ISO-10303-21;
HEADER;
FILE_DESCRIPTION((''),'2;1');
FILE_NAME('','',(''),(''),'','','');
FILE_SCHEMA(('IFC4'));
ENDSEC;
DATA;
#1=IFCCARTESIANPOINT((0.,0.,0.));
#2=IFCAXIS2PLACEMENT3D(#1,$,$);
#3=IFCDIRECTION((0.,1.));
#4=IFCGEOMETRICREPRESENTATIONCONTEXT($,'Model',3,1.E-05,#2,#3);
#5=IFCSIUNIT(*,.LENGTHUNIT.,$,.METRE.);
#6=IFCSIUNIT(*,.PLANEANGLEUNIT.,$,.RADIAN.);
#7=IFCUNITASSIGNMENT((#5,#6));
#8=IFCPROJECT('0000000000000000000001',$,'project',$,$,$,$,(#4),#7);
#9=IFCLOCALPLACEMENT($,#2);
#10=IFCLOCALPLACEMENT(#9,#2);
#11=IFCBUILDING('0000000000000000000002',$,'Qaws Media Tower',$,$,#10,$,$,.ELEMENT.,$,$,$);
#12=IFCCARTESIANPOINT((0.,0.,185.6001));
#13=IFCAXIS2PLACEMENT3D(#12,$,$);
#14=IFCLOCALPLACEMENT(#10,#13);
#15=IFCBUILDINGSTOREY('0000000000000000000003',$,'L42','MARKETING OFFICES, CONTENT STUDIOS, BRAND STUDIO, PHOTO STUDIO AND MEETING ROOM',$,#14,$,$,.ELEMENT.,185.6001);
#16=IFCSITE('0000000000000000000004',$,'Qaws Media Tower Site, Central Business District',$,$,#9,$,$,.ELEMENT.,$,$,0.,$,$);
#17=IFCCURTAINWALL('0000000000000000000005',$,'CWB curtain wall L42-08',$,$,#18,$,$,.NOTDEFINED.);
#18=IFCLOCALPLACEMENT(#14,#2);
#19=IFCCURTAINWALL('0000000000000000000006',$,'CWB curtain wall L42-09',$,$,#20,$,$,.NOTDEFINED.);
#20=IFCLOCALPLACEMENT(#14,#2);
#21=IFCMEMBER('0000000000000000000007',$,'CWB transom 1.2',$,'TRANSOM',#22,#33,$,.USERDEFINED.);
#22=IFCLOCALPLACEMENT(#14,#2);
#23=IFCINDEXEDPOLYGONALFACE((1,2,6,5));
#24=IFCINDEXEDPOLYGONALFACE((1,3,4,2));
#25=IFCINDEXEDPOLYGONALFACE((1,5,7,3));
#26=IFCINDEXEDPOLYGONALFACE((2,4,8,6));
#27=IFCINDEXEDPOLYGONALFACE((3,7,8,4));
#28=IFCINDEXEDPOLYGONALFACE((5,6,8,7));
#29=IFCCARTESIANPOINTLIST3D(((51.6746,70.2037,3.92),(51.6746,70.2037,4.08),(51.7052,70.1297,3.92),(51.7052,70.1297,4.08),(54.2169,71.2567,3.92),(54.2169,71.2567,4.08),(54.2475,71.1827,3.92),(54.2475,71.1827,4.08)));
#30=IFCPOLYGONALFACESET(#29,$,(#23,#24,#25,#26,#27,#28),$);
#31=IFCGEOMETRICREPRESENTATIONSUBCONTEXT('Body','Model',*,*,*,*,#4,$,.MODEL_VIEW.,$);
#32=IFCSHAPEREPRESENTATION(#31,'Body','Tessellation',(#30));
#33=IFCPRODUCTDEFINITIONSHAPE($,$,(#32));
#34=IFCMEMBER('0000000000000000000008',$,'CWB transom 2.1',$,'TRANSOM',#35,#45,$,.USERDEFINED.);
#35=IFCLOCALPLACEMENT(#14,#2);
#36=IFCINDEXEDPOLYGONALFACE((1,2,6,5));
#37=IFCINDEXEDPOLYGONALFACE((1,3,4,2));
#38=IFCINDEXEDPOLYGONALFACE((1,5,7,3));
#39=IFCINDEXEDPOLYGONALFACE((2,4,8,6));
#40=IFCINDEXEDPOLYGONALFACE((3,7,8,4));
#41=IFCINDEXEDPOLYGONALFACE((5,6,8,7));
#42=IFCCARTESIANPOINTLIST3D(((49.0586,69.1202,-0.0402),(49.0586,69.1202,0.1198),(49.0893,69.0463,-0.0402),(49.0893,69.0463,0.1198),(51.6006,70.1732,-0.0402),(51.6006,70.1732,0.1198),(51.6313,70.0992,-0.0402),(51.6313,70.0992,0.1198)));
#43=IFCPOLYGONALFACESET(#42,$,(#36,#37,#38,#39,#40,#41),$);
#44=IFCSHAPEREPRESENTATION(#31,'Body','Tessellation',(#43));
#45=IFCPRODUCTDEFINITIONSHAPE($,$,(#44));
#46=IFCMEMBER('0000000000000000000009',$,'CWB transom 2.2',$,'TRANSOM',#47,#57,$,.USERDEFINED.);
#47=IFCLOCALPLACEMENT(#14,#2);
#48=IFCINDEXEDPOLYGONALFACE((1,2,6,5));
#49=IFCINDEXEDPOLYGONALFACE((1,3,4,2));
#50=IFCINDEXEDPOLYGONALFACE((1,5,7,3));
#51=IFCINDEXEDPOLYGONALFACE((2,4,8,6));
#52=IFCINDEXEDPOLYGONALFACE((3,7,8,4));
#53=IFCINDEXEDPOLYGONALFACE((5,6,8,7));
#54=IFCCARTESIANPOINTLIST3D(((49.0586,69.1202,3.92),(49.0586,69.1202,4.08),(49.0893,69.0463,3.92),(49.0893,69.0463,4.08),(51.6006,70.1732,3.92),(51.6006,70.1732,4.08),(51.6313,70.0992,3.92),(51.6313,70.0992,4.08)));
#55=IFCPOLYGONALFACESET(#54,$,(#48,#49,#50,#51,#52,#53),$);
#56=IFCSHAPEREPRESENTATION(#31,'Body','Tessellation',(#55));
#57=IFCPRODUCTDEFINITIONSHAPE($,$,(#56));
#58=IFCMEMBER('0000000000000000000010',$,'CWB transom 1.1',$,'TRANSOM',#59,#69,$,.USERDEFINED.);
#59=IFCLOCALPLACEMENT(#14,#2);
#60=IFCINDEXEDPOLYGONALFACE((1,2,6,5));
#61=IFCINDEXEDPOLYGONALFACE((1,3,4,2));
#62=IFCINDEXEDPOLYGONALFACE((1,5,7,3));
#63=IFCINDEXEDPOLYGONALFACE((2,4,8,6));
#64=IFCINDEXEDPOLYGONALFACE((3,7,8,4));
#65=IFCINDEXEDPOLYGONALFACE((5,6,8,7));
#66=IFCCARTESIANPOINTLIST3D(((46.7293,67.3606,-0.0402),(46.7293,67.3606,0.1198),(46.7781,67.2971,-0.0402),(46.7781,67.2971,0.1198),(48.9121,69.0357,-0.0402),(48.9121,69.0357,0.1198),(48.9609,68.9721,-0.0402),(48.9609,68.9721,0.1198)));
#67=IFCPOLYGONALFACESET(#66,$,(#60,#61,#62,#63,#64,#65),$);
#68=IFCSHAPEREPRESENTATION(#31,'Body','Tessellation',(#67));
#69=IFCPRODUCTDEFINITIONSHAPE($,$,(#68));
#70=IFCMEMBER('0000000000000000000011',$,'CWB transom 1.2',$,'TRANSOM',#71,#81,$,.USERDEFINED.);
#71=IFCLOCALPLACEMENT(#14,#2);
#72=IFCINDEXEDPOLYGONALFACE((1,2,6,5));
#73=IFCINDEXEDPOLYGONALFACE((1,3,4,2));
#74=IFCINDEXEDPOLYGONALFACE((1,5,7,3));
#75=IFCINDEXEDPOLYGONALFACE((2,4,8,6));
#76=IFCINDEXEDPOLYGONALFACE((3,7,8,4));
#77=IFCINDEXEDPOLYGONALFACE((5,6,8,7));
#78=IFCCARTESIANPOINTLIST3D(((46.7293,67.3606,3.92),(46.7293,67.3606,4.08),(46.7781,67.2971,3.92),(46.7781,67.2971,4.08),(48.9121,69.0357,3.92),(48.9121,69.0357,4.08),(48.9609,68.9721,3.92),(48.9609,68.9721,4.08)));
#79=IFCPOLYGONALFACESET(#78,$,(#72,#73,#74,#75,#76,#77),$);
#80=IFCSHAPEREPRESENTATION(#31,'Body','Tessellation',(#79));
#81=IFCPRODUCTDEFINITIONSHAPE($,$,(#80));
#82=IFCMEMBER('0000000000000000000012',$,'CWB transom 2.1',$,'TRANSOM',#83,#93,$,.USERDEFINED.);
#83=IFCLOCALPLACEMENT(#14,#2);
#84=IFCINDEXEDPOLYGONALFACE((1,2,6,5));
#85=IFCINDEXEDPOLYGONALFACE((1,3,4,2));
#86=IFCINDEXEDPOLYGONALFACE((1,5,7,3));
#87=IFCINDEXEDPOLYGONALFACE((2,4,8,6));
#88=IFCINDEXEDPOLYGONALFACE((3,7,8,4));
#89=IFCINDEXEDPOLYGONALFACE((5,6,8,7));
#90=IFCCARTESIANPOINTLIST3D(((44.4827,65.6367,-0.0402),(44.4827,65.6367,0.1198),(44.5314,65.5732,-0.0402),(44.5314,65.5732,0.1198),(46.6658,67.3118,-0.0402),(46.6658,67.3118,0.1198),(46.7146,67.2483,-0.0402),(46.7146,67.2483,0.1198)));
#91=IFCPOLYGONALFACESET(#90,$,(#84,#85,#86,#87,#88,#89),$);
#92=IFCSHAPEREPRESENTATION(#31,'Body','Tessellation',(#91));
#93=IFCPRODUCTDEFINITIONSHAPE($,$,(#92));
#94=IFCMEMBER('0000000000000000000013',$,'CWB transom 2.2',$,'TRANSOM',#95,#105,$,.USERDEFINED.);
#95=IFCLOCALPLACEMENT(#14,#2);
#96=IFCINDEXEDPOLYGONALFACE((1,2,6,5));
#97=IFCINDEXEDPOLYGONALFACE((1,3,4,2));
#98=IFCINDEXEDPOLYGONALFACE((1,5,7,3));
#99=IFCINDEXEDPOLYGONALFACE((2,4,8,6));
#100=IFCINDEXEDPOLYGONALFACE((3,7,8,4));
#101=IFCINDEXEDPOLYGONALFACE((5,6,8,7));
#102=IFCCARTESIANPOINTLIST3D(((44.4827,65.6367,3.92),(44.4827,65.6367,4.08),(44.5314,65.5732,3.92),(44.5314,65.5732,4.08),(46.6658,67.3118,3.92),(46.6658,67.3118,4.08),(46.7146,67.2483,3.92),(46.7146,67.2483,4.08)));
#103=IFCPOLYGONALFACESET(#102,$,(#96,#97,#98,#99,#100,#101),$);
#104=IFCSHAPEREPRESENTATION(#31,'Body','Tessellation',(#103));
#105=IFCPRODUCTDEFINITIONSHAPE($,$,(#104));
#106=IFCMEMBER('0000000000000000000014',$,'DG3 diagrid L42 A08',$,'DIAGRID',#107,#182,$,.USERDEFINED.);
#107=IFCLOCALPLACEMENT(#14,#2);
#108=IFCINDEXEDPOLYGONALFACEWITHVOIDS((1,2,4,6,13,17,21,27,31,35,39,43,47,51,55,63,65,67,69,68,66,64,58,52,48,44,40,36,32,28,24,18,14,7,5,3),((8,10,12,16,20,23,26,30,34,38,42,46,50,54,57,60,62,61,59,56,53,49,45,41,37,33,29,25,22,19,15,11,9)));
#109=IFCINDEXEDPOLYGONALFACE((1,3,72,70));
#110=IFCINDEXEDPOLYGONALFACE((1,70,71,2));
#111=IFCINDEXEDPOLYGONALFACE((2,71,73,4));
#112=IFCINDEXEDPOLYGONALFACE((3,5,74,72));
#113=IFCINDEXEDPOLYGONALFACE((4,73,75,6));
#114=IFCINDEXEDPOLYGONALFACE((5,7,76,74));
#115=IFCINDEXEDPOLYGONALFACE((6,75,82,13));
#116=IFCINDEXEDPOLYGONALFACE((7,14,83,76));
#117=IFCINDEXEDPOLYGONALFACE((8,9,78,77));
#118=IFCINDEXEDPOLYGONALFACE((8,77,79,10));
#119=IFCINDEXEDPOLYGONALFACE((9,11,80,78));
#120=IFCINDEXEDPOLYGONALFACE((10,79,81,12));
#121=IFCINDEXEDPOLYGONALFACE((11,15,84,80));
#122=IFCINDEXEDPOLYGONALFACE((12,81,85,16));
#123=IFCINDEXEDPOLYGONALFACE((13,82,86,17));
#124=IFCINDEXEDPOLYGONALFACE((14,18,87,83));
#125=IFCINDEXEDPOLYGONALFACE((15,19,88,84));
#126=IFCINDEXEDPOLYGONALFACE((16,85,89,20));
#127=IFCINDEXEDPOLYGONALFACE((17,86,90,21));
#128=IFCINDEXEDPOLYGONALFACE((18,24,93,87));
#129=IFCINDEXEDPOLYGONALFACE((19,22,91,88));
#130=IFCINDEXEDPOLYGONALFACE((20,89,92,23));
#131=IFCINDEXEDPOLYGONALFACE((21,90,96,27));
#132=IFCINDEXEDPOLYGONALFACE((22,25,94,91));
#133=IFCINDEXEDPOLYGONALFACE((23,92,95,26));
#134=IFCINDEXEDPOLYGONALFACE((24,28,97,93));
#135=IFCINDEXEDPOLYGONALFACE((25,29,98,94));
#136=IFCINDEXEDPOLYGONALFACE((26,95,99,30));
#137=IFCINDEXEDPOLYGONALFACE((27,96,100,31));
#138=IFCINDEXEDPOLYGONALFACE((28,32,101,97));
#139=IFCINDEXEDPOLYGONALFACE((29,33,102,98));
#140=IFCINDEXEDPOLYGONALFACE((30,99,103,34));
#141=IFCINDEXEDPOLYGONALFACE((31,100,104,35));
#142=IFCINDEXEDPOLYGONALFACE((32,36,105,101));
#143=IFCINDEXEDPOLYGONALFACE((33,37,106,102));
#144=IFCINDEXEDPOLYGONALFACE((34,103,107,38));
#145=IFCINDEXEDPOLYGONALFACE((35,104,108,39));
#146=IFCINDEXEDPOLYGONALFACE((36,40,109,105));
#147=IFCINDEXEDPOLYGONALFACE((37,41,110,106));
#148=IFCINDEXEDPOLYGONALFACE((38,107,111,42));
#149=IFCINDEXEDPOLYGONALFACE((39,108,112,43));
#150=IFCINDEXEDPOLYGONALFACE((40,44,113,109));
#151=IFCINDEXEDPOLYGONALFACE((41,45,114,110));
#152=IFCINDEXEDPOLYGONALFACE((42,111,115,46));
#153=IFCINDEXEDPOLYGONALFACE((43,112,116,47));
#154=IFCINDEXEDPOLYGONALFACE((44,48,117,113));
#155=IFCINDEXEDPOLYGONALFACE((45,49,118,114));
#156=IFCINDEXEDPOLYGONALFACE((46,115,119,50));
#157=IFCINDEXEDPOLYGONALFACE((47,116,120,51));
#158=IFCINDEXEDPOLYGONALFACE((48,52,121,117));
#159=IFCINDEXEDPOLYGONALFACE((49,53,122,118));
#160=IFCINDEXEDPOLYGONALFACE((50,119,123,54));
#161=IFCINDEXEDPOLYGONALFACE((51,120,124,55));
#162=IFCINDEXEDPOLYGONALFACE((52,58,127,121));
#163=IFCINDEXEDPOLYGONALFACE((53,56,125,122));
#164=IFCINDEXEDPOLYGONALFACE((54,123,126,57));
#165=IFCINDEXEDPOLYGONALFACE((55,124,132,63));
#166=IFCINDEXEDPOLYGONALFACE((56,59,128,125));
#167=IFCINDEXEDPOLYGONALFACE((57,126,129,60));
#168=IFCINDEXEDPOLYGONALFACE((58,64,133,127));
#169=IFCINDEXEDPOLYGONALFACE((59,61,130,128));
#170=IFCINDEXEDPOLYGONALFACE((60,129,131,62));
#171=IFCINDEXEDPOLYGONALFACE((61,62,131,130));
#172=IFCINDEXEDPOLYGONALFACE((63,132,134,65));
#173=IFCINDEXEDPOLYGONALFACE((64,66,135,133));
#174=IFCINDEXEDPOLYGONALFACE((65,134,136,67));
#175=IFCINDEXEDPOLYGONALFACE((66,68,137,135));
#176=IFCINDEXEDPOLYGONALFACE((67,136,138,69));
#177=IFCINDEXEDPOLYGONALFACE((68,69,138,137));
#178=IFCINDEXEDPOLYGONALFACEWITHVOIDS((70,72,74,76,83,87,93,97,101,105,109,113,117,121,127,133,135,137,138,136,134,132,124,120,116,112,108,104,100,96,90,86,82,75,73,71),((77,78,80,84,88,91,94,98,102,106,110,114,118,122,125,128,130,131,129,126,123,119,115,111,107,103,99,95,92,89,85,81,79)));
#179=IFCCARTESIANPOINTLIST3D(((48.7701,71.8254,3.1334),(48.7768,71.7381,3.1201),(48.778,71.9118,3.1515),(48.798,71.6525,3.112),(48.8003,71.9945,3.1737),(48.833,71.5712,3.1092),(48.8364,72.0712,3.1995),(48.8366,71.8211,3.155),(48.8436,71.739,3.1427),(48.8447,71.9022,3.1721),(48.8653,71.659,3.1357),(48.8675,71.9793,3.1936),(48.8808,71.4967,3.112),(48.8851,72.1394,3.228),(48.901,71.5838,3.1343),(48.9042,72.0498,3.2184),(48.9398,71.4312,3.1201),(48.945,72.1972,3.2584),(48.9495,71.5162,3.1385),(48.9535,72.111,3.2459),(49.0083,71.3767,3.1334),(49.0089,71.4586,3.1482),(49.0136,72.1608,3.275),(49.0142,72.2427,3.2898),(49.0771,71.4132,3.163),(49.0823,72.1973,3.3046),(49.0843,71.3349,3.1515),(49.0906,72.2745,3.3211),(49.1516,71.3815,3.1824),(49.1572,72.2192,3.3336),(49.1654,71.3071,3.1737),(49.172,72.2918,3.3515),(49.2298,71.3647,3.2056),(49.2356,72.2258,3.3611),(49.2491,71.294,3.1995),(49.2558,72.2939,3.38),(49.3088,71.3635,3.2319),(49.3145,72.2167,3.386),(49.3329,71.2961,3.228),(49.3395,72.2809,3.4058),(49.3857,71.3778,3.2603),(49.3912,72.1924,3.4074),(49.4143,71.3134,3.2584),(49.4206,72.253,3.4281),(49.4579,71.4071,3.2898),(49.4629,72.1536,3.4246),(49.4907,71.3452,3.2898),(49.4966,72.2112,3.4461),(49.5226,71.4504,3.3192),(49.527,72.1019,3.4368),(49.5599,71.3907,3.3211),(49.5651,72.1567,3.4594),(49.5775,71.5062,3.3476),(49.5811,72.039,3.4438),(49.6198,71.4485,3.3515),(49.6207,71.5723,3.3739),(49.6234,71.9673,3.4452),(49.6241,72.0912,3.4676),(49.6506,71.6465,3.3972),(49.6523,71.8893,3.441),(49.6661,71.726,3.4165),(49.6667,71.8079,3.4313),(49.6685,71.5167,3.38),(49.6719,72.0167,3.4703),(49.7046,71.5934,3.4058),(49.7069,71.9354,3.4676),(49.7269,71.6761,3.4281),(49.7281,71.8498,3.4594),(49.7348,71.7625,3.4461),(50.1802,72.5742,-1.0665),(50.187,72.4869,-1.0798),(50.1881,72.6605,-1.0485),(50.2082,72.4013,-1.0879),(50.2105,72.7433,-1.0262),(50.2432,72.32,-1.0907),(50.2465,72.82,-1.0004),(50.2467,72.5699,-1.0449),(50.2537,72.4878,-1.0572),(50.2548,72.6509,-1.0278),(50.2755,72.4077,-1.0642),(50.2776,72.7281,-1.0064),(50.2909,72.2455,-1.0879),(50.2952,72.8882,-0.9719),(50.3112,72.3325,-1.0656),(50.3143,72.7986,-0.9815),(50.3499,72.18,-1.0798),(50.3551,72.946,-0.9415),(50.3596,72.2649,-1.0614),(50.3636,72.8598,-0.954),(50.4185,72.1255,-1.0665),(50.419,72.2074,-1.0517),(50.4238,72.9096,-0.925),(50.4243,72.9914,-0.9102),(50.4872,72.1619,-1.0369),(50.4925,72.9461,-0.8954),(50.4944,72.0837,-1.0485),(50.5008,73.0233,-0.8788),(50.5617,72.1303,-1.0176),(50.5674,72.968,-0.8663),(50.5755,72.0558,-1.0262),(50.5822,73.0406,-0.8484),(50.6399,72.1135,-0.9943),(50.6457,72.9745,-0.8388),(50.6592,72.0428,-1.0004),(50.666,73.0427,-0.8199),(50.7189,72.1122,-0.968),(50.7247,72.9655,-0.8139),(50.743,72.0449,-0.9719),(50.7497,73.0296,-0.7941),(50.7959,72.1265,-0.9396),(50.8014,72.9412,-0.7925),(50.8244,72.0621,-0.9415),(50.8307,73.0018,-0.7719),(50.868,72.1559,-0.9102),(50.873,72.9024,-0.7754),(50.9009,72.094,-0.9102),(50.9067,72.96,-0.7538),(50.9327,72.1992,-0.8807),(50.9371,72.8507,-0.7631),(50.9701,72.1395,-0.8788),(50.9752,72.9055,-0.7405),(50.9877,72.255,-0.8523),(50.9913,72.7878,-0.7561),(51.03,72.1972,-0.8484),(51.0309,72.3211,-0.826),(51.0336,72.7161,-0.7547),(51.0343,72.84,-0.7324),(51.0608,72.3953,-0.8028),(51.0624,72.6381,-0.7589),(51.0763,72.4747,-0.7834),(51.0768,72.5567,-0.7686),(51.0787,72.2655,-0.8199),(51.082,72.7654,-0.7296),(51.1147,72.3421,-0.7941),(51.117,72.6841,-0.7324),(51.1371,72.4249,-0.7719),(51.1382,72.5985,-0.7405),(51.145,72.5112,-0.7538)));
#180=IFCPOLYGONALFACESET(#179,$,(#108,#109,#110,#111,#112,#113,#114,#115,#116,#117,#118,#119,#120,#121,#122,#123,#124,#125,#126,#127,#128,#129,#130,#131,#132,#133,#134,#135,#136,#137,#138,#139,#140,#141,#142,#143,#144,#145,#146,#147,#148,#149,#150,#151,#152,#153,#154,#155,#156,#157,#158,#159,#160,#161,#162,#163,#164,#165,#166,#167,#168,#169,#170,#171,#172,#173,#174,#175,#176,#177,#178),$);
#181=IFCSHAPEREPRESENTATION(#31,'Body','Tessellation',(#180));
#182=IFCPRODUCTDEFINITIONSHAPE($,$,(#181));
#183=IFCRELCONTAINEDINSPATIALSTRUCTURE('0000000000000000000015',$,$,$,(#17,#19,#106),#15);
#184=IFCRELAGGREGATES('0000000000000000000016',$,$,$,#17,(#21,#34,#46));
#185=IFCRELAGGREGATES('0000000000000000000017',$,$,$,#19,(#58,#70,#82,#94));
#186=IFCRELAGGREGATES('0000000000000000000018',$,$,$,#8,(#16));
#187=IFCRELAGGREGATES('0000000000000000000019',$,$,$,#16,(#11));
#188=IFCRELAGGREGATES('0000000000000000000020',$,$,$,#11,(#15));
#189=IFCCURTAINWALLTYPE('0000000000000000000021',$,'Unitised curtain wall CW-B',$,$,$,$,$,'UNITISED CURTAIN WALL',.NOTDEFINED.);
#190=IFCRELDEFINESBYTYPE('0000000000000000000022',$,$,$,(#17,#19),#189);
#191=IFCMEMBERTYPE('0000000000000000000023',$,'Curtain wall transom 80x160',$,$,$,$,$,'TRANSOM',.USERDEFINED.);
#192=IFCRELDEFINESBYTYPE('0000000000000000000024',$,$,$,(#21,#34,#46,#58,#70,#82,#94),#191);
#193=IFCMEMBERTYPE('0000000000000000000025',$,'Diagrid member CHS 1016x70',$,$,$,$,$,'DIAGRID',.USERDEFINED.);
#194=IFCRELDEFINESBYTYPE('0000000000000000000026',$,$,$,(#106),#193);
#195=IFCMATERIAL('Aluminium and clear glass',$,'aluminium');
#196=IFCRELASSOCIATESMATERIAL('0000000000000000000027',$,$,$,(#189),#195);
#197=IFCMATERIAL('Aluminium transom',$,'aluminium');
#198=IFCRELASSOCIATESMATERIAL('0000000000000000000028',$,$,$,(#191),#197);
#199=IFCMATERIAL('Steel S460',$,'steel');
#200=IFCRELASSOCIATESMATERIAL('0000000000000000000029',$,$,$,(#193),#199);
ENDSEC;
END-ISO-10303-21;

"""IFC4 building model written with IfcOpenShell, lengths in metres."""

from ifc_helpers import new_model, si_unit, direction, frame, origin, origin_2d, place, context, subcontext, project, spatial, rectangle, hollow_circle, extrude, material, material_profile, profile_set, type_object, element, aggregate, save


model = new_model("IFC4")

# Units and contexts
model_context = context("Model", 3, precision=1e-05, world=origin(), true_north=direction((0.0, 1.0)))
body_context = subcontext(model_context, "Body", "Model", "MODEL_VIEW")
ifc_project = project(units=[si_unit("LENGTHUNIT", "METRE"), si_unit("PLANEANGLEUNIT", "RADIAN")], contexts=[model_context])

# Site, building, storey
site_placement = place(None, origin())
site = spatial("IfcSite", under=ifc_project, at=site_placement, Name="Qaws Media Tower Site, Central Business District", CompositionType="ELEMENT", RefElevation=0.0)
building_placement = place(site_placement, origin())
building = spatial("IfcBuilding", under=site, at=building_placement, Name="Qaws Media Tower", CompositionType="ELEMENT")
storey_placement = place(building_placement, frame((0.0, 0.0, 185.6001)))
storey = spatial("IfcBuildingStorey", under=building, at=storey_placement, Name="L42", Description="MARKETING OFFICES, CONTENT STUDIOS, BRAND STUDIO, PHOTO STUDIO AND MEETING ROOM", CompositionType="ELEMENT", Elevation=185.6001)

# Curtain walls
ifc_material_1 = material(Name="Aluminium and clear glass", Category="aluminium")
curtain_wall_type = type_object("IfcCurtainWallType", Name="Unitised curtain wall CW-B", ElementType="UNITISED CURTAIN WALL", PredefinedType="NOTDEFINED", material=ifc_material_1)
curtain_wall_1_placement = place(storey_placement, origin())
curtain_wall_1 = element("IfcCurtainWall", 1, at=curtain_wall_1_placement, inside=storey, type_object=curtain_wall_type, Name="CWB curtain wall L42-08", PredefinedType="NOTDEFINED")
curtain_wall_2_placement = place(storey_placement, origin())
curtain_wall_2 = element("IfcCurtainWall", 2, at=curtain_wall_2_placement, inside=storey, type_object=curtain_wall_type, Name="CWB curtain wall L42-09", PredefinedType="NOTDEFINED")

# Members
ifc_material_2 = material(Name="Aluminium transom", Category="aluminium")
ifc_material_profile_1 = material_profile(ifc_material_2, rectangle(XDim=0.0801, YDim=0.1599, at=origin_2d()), Name="80x160")
ifc_profile_set_1 = profile_set([ifc_material_profile_1], Name="Aluminium transom")
member_type_1 = type_object("IfcMemberType", Name="Curtain wall transom 80x160", ElementType="TRANSOM", PredefinedType="USERDEFINED", material=ifc_profile_set_1)
member_1_placement = place(storey_placement, frame((54.2322, 71.2197, 4.0), z_axis=(-0.923886, -0.382668, 0.0), x_axis=(0.382668, -0.923886, 0.0)))
member_1 = element("IfcMember", 3, at=member_1_placement, type_object=member_type_1, Name="CWB transom 1.2", ObjectType="TRANSOM", PredefinedType="USERDEFINED", context=body_context, shape_type="SweptSolid", body=[
    extrude(rectangle(XDim=0.0801, YDim=0.1599, at=origin_2d()), origin(), (0.0, 0.0, 1.0), 2.7517),
])
member_2_placement = place(storey_placement, frame((51.616, 70.1362, 0.0398), z_axis=(-0.923873, -0.382699, 0.0), x_axis=(0.382699, -0.923873, 0.0)))
member_2 = element("IfcMember", 4, at=member_2_placement, type_object=member_type_1, Name="CWB transom 2.1", ObjectType="TRANSOM", PredefinedType="USERDEFINED", context=body_context, shape_type="SweptSolid", body=[
    extrude(rectangle(XDim=0.0801, YDim=0.1599, at=origin_2d()), origin(), (0.0, 0.0, 1.0), 2.7515),
])
member_3_placement = place(storey_placement, frame((51.616, 70.1362, 4.0), z_axis=(-0.923873, -0.382699, 0.0), x_axis=(0.382699, -0.923873, 0.0)))
member_3 = element("IfcMember", 5, at=member_3_placement, type_object=member_type_1, Name="CWB transom 2.2", ObjectType="TRANSOM", PredefinedType="USERDEFINED", context=body_context, shape_type="SweptSolid", body=[
    extrude(rectangle(XDim=0.0801, YDim=0.1599, at=origin_2d()), origin(), (0.0, 0.0, 1.0), 2.7515),
])
member_4_placement = place(storey_placement, frame((48.9365, 69.0039, 0.0398), z_axis=(-0.793339, -0.60878, 0.0), x_axis=(0.60878, -0.793339, 0.0)))
member_4 = element("IfcMember", 6, at=member_4_placement, type_object=member_type_1, Name="CWB transom 1.1", ObjectType="TRANSOM", PredefinedType="USERDEFINED", context=body_context, shape_type="SweptSolid", body=[
    extrude(rectangle(XDim=0.0801, YDim=0.1599, at=origin_2d()), origin(), (0.0, 0.0, 1.0), 2.7515),
])
member_5_placement = place(storey_placement, frame((48.9365, 69.0039, 4.0), z_axis=(-0.793339, -0.60878, 0.0), x_axis=(0.60878, -0.793339, 0.0)))
member_5 = element("IfcMember", 7, at=member_5_placement, type_object=member_type_1, Name="CWB transom 1.2", ObjectType="TRANSOM", PredefinedType="USERDEFINED", context=body_context, shape_type="SweptSolid", body=[
    extrude(rectangle(XDim=0.0801, YDim=0.1599, at=origin_2d()), origin(), (0.0, 0.0, 1.0), 2.7515),
])
member_6_placement = place(storey_placement, frame((46.6902, 67.28, 0.0398), z_axis=(-0.793372, -0.608737, 0.0), x_axis=(0.608737, -0.793372, 0.0)))
member_6 = element("IfcMember", 8, at=member_6_placement, type_object=member_type_1, Name="CWB transom 2.1", ObjectType="TRANSOM", PredefinedType="USERDEFINED", context=body_context, shape_type="SweptSolid", body=[
    extrude(rectangle(XDim=0.0801, YDim=0.1599, at=origin_2d()), origin(), (0.0, 0.0, 1.0), 2.7517),
])
member_7_placement = place(storey_placement, frame((46.6902, 67.28, 4.0), z_axis=(-0.793372, -0.608737, 0.0), x_axis=(0.608737, -0.793372, 0.0)))
member_7 = element("IfcMember", 9, at=member_7_placement, type_object=member_type_1, Name="CWB transom 2.2", ObjectType="TRANSOM", PredefinedType="USERDEFINED", context=body_context, shape_type="SweptSolid", body=[
    extrude(rectangle(XDim=0.0801, YDim=0.1599, at=origin_2d()), origin(), (0.0, 0.0, 1.0), 2.7517),
])

# Member
ifc_material_3 = material(Name="Steel S460", Category="steel")
ifc_material_profile_2 = material_profile(ifc_material_3, hollow_circle(Radius=0.5081, WallThickness=0.0701, at=origin_2d()), Name="CHS 1016x70")
ifc_profile_set_2 = profile_set([ifc_material_profile_2], Name="Steel S460")
member_type_2 = type_object("IfcMemberType", Name="Diagrid member CHS 1016x70", ElementType="DIAGRID", PredefinedType="USERDEFINED", material=ifc_profile_set_2)
for number, where, z_axis, x_axis, name in (
    (10, (50.6626, 72.5427, -0.9102), (-0.313843, -0.166647, 0.934736), (0.468976, -0.883211, 0.0), "DG3 diagrid L42 A08"),
):
    element("IfcMember", number, at=place(storey_placement, frame(where, z_axis=z_axis, x_axis=x_axis)), inside=storey, type_object=member_type_2, Name=name, ObjectType="DIAGRID", PredefinedType="USERDEFINED", context=body_context, shape_type="SweptSolid", body=[
        extrude(hollow_circle(Radius=0.5081, WallThickness=0.0701, at=origin_2d()), origin(), (0.0, 0.0, 1.0), 4.4932),
    ])

aggregate(curtain_wall_1, [member_1, member_2, member_3])
aggregate(curtain_wall_2, [member_4, member_5, member_6, member_7])

save(model, "model.ifc")
